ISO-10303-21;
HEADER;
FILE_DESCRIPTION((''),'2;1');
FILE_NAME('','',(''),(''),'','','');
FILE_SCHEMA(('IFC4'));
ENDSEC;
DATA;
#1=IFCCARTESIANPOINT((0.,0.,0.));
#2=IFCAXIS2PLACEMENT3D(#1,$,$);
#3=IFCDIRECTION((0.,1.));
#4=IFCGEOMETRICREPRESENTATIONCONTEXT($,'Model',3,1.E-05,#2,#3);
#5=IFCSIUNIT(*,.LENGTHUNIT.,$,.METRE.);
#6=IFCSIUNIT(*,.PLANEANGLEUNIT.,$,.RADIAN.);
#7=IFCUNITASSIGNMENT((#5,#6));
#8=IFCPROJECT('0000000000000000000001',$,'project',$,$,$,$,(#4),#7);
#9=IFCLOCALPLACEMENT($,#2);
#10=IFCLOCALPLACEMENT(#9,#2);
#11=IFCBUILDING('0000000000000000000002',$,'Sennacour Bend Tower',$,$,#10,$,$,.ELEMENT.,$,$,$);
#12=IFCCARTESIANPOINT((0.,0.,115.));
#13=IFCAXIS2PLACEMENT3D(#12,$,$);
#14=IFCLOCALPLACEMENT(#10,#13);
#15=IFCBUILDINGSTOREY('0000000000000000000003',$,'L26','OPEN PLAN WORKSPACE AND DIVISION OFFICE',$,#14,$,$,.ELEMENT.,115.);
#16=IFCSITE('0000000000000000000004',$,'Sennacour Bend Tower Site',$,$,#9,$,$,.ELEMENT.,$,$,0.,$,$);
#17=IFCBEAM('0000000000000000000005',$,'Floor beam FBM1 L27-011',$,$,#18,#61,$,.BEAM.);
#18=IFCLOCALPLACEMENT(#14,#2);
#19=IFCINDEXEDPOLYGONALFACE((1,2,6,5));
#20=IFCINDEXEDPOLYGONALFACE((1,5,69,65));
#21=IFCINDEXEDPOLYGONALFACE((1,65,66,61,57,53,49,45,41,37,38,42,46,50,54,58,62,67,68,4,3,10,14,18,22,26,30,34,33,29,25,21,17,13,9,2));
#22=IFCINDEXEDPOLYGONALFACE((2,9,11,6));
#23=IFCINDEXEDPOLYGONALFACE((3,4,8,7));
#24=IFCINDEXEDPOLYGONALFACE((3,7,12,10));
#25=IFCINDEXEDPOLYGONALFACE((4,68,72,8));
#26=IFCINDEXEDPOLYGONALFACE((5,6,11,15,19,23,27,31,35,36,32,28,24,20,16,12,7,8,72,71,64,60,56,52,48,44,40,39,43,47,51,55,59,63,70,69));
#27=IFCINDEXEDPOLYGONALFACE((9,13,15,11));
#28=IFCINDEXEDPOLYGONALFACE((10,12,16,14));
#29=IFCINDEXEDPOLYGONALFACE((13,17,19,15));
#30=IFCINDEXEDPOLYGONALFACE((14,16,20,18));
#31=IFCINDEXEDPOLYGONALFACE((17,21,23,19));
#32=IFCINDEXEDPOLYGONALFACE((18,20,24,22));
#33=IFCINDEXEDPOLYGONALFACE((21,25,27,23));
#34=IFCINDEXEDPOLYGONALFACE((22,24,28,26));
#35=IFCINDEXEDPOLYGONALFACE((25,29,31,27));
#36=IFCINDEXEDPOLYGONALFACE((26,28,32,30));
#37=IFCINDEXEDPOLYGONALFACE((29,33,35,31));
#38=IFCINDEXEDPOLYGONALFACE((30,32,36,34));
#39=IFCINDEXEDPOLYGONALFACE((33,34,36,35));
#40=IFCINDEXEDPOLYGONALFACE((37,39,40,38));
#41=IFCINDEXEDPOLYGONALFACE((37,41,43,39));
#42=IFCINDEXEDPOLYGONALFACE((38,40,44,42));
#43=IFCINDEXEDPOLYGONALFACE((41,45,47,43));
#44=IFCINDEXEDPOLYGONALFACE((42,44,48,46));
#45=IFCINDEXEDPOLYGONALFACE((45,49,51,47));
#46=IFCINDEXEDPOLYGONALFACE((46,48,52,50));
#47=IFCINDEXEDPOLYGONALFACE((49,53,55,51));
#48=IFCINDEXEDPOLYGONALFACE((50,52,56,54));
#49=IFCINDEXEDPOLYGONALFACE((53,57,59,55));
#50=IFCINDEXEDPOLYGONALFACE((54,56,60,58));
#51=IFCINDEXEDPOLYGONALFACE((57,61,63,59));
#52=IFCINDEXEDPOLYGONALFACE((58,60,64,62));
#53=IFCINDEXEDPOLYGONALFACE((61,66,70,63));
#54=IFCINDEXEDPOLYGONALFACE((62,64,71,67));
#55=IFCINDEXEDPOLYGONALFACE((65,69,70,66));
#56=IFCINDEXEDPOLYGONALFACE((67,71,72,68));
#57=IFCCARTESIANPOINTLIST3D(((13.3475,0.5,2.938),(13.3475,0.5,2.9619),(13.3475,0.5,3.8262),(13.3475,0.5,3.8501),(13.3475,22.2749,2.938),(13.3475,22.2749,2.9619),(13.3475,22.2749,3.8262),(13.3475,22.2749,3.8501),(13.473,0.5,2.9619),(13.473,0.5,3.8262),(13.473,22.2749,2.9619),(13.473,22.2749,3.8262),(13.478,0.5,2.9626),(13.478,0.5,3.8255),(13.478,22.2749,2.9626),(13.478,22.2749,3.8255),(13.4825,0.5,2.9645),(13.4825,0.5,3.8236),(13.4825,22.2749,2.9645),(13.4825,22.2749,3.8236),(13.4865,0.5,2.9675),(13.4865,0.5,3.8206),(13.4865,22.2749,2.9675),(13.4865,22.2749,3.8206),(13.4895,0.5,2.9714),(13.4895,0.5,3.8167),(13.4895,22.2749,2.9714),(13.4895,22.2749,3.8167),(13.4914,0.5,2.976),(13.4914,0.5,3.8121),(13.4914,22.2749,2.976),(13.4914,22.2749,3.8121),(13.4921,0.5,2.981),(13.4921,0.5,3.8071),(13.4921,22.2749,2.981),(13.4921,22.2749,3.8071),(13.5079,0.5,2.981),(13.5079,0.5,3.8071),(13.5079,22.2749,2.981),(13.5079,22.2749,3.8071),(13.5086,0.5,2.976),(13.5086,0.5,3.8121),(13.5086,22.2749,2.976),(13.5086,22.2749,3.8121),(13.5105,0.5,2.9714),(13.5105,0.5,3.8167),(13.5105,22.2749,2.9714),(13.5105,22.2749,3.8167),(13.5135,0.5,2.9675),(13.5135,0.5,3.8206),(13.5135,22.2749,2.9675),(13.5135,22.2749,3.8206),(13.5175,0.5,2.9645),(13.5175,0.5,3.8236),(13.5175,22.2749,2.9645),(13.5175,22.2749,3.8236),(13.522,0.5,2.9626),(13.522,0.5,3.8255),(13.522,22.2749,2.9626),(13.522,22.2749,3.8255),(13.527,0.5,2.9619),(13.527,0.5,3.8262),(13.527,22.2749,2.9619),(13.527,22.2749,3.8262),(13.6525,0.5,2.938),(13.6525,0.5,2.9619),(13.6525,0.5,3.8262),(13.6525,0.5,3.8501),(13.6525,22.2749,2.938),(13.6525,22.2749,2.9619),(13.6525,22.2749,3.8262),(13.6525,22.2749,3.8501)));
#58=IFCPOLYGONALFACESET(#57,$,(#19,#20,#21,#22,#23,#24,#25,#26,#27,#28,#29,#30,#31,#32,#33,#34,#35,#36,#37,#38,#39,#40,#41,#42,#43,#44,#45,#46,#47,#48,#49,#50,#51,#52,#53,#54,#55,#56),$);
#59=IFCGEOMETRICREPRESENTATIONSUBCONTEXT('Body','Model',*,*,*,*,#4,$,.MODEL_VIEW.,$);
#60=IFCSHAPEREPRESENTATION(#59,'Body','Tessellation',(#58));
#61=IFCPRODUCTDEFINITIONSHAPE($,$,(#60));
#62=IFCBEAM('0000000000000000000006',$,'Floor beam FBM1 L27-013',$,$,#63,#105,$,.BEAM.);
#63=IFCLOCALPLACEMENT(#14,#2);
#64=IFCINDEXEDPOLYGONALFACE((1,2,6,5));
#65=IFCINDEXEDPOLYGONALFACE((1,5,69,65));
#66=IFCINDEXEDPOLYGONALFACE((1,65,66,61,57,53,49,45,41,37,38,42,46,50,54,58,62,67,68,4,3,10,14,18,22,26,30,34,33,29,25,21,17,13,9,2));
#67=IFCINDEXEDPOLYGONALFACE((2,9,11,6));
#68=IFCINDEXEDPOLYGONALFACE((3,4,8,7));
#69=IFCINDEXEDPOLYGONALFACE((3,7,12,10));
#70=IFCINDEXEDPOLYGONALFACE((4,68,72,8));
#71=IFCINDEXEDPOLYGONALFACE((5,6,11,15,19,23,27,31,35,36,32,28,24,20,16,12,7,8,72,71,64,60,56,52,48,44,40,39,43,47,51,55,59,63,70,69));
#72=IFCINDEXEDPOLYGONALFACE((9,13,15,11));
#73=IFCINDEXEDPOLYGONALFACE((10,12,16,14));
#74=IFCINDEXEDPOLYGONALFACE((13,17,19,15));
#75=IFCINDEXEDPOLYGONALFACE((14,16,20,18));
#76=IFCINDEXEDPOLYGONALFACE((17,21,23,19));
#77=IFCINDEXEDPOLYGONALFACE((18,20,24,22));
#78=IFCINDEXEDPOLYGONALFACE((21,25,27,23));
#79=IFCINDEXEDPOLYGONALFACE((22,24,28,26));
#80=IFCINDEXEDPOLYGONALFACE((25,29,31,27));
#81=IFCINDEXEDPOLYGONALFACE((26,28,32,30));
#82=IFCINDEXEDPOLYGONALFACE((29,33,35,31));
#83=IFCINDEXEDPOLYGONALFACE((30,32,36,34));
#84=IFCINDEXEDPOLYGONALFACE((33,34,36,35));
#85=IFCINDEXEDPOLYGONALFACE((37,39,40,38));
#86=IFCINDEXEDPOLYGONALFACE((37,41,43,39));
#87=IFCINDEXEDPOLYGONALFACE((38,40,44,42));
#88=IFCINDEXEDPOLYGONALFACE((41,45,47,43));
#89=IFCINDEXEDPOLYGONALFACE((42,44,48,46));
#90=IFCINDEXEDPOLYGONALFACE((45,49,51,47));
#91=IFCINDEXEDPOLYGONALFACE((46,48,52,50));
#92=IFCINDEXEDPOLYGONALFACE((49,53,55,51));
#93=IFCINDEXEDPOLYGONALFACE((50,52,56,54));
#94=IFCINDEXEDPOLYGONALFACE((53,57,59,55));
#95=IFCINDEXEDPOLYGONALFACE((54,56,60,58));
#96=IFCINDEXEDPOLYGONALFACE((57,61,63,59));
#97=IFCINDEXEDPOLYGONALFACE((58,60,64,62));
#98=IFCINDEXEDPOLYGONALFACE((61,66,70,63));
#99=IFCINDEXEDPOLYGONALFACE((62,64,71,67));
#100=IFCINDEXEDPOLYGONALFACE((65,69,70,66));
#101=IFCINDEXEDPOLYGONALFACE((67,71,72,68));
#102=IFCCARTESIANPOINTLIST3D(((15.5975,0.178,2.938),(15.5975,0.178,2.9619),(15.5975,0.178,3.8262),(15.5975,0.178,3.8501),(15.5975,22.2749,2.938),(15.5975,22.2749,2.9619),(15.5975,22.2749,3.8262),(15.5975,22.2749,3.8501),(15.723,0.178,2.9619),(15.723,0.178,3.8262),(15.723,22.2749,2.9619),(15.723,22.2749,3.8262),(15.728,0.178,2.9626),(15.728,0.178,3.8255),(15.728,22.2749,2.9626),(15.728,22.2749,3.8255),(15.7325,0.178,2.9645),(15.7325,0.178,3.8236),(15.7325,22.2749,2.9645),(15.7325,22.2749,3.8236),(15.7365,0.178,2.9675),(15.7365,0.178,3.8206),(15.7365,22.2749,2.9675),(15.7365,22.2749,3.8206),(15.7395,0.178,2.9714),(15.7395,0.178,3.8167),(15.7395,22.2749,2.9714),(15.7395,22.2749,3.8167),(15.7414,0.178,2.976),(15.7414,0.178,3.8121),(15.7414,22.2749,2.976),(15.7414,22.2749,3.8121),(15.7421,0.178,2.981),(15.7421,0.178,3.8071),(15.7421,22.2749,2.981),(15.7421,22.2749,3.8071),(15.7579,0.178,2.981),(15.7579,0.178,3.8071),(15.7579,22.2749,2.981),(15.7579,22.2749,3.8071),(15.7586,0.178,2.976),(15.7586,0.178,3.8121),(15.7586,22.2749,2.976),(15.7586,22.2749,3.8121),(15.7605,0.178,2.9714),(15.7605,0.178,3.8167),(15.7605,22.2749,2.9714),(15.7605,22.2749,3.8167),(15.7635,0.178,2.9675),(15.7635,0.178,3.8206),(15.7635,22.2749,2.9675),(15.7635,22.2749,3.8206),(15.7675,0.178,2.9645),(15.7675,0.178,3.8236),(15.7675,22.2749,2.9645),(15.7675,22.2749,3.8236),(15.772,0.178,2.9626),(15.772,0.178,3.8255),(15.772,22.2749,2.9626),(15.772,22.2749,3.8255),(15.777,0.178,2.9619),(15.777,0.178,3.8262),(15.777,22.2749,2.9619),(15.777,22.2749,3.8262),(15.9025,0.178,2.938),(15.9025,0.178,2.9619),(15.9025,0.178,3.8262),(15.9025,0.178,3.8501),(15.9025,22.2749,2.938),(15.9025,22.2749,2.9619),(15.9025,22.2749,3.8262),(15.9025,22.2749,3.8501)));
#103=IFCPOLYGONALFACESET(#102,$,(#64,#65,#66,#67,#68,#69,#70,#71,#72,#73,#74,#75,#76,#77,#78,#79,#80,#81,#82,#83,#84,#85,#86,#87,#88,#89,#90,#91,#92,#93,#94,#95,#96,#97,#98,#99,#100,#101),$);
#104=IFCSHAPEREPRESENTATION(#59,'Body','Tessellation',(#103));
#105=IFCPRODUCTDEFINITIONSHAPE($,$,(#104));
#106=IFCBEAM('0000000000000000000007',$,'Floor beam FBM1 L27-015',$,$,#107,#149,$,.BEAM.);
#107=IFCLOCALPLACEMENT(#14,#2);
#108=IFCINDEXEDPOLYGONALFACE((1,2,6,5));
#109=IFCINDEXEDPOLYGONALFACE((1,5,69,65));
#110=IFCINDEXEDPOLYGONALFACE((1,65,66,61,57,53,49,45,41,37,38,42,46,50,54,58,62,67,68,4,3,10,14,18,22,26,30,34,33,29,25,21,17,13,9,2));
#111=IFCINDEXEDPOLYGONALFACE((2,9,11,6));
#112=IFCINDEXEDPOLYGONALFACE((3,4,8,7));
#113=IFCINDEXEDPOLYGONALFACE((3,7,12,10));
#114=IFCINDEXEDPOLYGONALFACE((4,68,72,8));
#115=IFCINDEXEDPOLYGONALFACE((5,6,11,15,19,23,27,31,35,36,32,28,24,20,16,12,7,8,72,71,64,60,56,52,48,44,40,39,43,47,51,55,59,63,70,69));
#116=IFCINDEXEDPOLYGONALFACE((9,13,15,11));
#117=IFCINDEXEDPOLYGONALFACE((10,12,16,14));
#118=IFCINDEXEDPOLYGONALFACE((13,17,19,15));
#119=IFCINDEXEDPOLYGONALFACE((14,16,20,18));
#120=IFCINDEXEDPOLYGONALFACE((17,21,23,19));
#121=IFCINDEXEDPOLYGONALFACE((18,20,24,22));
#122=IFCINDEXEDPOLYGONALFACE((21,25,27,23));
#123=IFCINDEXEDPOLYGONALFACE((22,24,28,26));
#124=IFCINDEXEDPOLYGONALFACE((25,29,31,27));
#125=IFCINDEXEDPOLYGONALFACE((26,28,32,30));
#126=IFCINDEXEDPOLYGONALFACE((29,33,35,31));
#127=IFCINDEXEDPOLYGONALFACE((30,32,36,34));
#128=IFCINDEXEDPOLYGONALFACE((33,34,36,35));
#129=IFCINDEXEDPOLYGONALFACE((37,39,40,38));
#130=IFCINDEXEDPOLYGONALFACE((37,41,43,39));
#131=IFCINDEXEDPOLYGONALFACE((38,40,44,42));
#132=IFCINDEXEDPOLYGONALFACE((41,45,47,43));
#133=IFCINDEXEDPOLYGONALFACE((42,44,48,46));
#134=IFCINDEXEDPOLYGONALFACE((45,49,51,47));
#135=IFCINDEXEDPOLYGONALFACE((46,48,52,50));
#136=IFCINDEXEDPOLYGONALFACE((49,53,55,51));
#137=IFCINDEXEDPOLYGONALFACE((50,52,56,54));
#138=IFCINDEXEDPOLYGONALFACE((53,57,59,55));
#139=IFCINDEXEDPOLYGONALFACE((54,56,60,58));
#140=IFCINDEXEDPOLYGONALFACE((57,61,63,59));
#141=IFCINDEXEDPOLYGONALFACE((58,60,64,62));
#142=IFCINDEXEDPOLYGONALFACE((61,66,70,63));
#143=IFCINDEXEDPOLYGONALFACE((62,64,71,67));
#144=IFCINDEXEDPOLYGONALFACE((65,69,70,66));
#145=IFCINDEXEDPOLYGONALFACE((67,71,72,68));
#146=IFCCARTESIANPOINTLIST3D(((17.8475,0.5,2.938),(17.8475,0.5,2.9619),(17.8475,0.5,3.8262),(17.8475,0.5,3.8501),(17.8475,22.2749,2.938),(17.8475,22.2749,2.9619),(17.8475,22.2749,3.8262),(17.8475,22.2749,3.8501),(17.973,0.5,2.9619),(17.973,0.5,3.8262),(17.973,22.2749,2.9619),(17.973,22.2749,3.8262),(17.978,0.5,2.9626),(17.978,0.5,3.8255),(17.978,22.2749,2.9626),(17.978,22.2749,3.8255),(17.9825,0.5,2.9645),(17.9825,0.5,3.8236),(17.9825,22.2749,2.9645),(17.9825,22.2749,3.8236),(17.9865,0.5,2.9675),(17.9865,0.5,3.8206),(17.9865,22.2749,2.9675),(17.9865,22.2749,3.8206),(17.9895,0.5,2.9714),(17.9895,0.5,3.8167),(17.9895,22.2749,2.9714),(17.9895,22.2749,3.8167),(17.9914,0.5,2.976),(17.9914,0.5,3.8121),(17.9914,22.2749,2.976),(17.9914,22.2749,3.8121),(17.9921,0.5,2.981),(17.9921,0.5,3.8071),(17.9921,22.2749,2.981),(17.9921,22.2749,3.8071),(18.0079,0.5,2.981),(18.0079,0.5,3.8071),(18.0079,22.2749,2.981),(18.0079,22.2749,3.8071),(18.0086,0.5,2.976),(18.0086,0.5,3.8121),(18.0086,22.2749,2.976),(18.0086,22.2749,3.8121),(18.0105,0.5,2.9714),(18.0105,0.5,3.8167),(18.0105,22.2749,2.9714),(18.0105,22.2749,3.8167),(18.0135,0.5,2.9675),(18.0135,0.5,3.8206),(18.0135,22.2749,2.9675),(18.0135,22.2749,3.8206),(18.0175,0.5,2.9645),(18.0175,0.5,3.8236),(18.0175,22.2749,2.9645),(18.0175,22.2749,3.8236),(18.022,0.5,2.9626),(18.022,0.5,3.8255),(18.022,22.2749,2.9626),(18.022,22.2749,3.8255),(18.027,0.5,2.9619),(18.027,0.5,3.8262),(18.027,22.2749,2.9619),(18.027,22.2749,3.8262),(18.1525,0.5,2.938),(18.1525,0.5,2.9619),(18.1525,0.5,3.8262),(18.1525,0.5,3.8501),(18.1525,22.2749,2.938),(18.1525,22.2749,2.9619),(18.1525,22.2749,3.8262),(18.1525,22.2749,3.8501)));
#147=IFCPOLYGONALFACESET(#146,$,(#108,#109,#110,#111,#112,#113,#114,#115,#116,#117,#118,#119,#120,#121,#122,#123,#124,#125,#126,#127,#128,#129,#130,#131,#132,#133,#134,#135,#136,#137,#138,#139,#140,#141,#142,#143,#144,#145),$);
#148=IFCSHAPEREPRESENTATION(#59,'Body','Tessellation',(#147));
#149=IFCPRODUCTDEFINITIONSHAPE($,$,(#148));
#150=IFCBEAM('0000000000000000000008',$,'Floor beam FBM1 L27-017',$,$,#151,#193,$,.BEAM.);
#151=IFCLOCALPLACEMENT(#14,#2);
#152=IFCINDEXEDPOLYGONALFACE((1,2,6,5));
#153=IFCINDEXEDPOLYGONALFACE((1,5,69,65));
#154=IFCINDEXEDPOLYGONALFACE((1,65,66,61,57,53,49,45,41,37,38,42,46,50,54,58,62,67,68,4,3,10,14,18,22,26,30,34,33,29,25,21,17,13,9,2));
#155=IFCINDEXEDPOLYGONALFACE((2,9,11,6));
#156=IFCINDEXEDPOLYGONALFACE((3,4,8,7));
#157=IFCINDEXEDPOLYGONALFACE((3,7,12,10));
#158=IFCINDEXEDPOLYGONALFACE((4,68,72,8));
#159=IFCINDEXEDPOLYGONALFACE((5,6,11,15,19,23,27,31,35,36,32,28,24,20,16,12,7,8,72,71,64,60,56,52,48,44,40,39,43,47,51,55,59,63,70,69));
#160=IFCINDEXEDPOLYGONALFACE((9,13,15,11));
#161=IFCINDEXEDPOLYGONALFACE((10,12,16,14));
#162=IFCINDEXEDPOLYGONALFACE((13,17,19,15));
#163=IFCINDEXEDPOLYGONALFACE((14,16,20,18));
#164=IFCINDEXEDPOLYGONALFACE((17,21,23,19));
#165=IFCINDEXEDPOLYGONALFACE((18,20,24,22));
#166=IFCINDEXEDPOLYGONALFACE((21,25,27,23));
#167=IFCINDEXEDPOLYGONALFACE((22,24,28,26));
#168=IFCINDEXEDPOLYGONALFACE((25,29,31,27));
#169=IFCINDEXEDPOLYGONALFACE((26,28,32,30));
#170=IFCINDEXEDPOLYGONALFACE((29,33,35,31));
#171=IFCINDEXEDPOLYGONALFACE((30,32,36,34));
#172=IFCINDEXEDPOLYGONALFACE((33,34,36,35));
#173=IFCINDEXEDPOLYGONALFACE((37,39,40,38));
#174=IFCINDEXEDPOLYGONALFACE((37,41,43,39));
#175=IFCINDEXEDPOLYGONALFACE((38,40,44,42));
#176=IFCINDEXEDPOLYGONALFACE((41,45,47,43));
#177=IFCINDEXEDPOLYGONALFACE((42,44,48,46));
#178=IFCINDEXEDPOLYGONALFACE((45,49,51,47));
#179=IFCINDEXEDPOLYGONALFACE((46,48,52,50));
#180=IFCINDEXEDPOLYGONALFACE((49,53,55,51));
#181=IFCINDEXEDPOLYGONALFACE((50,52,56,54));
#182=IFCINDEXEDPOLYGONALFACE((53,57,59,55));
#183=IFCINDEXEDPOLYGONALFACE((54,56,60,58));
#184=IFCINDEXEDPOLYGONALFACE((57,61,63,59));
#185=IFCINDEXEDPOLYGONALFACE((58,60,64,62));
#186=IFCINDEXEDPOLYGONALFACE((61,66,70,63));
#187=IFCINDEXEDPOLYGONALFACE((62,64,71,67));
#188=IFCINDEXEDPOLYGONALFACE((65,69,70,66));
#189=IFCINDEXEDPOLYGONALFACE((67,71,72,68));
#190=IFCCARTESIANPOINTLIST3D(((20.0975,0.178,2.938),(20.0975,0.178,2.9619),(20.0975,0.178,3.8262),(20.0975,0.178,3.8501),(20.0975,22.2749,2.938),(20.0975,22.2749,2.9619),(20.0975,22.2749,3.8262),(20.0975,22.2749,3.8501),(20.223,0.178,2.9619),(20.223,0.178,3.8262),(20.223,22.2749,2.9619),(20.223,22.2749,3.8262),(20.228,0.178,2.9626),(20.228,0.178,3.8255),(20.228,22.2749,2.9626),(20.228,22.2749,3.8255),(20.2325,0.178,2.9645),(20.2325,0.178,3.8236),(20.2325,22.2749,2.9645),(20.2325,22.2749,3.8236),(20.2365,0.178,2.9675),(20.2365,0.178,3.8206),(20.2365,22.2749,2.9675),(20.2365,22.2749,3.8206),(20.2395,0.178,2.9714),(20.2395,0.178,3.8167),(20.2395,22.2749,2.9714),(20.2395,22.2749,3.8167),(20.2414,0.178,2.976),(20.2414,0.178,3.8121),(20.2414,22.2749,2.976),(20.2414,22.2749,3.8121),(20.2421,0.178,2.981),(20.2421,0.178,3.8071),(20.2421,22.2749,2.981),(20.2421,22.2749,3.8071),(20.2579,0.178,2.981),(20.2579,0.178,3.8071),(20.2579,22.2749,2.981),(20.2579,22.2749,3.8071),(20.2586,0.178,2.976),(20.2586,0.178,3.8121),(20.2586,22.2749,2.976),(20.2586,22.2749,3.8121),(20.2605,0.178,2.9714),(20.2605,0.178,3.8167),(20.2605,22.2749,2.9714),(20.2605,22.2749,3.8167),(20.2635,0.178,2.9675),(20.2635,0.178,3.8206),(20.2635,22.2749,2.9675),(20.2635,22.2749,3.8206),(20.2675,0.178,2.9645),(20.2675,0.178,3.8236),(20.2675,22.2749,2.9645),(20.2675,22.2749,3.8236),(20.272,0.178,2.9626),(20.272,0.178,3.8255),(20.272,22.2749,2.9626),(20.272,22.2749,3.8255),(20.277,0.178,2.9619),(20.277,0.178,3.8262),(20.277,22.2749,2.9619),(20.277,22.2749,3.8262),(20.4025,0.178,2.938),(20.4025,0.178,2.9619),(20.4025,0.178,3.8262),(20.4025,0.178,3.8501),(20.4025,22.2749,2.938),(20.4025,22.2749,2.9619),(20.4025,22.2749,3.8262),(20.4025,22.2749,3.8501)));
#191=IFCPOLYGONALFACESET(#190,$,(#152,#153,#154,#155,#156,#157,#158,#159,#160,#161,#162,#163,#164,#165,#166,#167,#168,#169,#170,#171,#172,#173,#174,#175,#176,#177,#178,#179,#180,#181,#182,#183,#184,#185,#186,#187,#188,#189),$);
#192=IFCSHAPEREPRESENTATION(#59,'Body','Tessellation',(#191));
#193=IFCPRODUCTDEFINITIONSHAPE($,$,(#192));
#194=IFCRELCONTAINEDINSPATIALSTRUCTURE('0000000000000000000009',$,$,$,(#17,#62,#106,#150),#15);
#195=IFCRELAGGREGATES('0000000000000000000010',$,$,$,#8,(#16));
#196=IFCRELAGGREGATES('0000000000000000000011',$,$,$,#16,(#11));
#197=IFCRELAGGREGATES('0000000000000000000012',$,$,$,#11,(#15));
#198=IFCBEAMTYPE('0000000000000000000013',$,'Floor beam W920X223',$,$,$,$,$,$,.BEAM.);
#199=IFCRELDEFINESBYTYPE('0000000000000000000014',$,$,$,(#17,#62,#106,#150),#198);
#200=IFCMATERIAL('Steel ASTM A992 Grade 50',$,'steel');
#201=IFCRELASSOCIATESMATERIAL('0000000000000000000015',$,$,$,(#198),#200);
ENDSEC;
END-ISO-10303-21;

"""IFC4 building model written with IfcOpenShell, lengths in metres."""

from ifc_helpers import new_model, si_unit, direction, frame, origin, origin_2d, place, context, subcontext, project, spatial, i_section, extrude, material, material_profile, profile_set, type_object, element, save


model = new_model("IFC4")

# Units and contexts
model_context = context("Model", 3, precision=1e-05, world=origin(), true_north=direction((0.0, 1.0)))
body_context = subcontext(model_context, "Body", "Model", "MODEL_VIEW")
ifc_project = project(units=[si_unit("LENGTHUNIT", "METRE"), si_unit("PLANEANGLEUNIT", "RADIAN")], contexts=[model_context])

# Site, building, storey
site_placement = place(None, origin())
site = spatial("IfcSite", under=ifc_project, at=site_placement, Name="Sennacour Bend Tower Site", CompositionType="ELEMENT", RefElevation=0.0)
building_placement = place(site_placement, origin())
building = spatial("IfcBuilding", under=site, at=building_placement, Name="Sennacour Bend Tower", CompositionType="ELEMENT")
storey_placement = place(building_placement, frame((0.0, 0.0, 115.0)))
storey = spatial("IfcBuildingStorey", under=building, at=storey_placement, Name="L26", Description="OPEN PLAN WORKSPACE AND DIVISION OFFICE", CompositionType="ELEMENT", Elevation=115.0)

# Beams
ifc_material_1 = material(Name="Steel ASTM A992 Grade 50", Category="steel")
ifc_material_profile = material_profile(ifc_material_1, i_section(OverallWidth=0.3049, OverallDepth=0.9121, WebThickness=0.0159, FlangeThickness=0.0239, FilletRadius=0.019, at=origin_2d()), Name="Steel ASTM A992 Grade 50", Category="steel")
ifc_profile_set = profile_set([ifc_material_profile], Name="Steel ASTM A992 Grade 50")
beam_type = type_object("IfcBeamType", Name="Floor beam W920X223", PredefinedType="BEAM", material=ifc_profile_set)
beam_1_placement = place(storey_placement, frame((13.5, 0.5, 3.394), z_axis=(0.0, 1.0, 0.0), x_axis=(-1.0, 0.0, 0.0)))
element("IfcBeam", 1, at=beam_1_placement, inside=storey, type_object=beam_type, Name="Floor beam FBM1 L27-011", PredefinedType="BEAM", context=body_context, shape_type="SweptSolid", body=[
    extrude(i_section(OverallWidth=0.3049, OverallDepth=0.9121, WebThickness=0.0159, FlangeThickness=0.0239, FilletRadius=0.019, at=origin_2d()), origin(), (0.0, 0.0, 1.0), 21.7749),
])
beam_2_placement = place(storey_placement, frame((15.75, 0.178, 3.394), z_axis=(0.0, 1.0, 0.0), x_axis=(-1.0, 0.0, 0.0)))
element("IfcBeam", 2, at=beam_2_placement, inside=storey, type_object=beam_type, Name="Floor beam FBM1 L27-013", PredefinedType="BEAM", context=body_context, shape_type="SweptSolid", body=[
    extrude(i_section(OverallWidth=0.3049, OverallDepth=0.9121, WebThickness=0.0159, FlangeThickness=0.0239, FilletRadius=0.019, at=origin_2d()), origin(), (0.0, 0.0, 1.0), 22.0969),
])
beam_3_placement = place(storey_placement, frame((18.0, 0.5, 3.394), z_axis=(0.0, 1.0, 0.0), x_axis=(-1.0, 0.0, 0.0)))
element("IfcBeam", 3, at=beam_3_placement, inside=storey, type_object=beam_type, Name="Floor beam FBM1 L27-015", PredefinedType="BEAM", context=body_context, shape_type="SweptSolid", body=[
    extrude(i_section(OverallWidth=0.3049, OverallDepth=0.9121, WebThickness=0.0159, FlangeThickness=0.0239, FilletRadius=0.019, at=origin_2d()), origin(), (0.0, 0.0, 1.0), 21.7749),
])
beam_4_placement = place(storey_placement, frame((20.25, 0.178, 3.394), z_axis=(0.0, 1.0, 0.0), x_axis=(-1.0, 0.0, 0.0)))
element("IfcBeam", 4, at=beam_4_placement, inside=storey, type_object=beam_type, Name="Floor beam FBM1 L27-017", PredefinedType="BEAM", context=body_context, shape_type="SweptSolid", body=[
    extrude(i_section(OverallWidth=0.3049, OverallDepth=0.9121, WebThickness=0.0159, FlangeThickness=0.0239, FilletRadius=0.019, at=origin_2d()), origin(), (0.0, 0.0, 1.0), 22.0969),
])

save(model, "model.ifc")
